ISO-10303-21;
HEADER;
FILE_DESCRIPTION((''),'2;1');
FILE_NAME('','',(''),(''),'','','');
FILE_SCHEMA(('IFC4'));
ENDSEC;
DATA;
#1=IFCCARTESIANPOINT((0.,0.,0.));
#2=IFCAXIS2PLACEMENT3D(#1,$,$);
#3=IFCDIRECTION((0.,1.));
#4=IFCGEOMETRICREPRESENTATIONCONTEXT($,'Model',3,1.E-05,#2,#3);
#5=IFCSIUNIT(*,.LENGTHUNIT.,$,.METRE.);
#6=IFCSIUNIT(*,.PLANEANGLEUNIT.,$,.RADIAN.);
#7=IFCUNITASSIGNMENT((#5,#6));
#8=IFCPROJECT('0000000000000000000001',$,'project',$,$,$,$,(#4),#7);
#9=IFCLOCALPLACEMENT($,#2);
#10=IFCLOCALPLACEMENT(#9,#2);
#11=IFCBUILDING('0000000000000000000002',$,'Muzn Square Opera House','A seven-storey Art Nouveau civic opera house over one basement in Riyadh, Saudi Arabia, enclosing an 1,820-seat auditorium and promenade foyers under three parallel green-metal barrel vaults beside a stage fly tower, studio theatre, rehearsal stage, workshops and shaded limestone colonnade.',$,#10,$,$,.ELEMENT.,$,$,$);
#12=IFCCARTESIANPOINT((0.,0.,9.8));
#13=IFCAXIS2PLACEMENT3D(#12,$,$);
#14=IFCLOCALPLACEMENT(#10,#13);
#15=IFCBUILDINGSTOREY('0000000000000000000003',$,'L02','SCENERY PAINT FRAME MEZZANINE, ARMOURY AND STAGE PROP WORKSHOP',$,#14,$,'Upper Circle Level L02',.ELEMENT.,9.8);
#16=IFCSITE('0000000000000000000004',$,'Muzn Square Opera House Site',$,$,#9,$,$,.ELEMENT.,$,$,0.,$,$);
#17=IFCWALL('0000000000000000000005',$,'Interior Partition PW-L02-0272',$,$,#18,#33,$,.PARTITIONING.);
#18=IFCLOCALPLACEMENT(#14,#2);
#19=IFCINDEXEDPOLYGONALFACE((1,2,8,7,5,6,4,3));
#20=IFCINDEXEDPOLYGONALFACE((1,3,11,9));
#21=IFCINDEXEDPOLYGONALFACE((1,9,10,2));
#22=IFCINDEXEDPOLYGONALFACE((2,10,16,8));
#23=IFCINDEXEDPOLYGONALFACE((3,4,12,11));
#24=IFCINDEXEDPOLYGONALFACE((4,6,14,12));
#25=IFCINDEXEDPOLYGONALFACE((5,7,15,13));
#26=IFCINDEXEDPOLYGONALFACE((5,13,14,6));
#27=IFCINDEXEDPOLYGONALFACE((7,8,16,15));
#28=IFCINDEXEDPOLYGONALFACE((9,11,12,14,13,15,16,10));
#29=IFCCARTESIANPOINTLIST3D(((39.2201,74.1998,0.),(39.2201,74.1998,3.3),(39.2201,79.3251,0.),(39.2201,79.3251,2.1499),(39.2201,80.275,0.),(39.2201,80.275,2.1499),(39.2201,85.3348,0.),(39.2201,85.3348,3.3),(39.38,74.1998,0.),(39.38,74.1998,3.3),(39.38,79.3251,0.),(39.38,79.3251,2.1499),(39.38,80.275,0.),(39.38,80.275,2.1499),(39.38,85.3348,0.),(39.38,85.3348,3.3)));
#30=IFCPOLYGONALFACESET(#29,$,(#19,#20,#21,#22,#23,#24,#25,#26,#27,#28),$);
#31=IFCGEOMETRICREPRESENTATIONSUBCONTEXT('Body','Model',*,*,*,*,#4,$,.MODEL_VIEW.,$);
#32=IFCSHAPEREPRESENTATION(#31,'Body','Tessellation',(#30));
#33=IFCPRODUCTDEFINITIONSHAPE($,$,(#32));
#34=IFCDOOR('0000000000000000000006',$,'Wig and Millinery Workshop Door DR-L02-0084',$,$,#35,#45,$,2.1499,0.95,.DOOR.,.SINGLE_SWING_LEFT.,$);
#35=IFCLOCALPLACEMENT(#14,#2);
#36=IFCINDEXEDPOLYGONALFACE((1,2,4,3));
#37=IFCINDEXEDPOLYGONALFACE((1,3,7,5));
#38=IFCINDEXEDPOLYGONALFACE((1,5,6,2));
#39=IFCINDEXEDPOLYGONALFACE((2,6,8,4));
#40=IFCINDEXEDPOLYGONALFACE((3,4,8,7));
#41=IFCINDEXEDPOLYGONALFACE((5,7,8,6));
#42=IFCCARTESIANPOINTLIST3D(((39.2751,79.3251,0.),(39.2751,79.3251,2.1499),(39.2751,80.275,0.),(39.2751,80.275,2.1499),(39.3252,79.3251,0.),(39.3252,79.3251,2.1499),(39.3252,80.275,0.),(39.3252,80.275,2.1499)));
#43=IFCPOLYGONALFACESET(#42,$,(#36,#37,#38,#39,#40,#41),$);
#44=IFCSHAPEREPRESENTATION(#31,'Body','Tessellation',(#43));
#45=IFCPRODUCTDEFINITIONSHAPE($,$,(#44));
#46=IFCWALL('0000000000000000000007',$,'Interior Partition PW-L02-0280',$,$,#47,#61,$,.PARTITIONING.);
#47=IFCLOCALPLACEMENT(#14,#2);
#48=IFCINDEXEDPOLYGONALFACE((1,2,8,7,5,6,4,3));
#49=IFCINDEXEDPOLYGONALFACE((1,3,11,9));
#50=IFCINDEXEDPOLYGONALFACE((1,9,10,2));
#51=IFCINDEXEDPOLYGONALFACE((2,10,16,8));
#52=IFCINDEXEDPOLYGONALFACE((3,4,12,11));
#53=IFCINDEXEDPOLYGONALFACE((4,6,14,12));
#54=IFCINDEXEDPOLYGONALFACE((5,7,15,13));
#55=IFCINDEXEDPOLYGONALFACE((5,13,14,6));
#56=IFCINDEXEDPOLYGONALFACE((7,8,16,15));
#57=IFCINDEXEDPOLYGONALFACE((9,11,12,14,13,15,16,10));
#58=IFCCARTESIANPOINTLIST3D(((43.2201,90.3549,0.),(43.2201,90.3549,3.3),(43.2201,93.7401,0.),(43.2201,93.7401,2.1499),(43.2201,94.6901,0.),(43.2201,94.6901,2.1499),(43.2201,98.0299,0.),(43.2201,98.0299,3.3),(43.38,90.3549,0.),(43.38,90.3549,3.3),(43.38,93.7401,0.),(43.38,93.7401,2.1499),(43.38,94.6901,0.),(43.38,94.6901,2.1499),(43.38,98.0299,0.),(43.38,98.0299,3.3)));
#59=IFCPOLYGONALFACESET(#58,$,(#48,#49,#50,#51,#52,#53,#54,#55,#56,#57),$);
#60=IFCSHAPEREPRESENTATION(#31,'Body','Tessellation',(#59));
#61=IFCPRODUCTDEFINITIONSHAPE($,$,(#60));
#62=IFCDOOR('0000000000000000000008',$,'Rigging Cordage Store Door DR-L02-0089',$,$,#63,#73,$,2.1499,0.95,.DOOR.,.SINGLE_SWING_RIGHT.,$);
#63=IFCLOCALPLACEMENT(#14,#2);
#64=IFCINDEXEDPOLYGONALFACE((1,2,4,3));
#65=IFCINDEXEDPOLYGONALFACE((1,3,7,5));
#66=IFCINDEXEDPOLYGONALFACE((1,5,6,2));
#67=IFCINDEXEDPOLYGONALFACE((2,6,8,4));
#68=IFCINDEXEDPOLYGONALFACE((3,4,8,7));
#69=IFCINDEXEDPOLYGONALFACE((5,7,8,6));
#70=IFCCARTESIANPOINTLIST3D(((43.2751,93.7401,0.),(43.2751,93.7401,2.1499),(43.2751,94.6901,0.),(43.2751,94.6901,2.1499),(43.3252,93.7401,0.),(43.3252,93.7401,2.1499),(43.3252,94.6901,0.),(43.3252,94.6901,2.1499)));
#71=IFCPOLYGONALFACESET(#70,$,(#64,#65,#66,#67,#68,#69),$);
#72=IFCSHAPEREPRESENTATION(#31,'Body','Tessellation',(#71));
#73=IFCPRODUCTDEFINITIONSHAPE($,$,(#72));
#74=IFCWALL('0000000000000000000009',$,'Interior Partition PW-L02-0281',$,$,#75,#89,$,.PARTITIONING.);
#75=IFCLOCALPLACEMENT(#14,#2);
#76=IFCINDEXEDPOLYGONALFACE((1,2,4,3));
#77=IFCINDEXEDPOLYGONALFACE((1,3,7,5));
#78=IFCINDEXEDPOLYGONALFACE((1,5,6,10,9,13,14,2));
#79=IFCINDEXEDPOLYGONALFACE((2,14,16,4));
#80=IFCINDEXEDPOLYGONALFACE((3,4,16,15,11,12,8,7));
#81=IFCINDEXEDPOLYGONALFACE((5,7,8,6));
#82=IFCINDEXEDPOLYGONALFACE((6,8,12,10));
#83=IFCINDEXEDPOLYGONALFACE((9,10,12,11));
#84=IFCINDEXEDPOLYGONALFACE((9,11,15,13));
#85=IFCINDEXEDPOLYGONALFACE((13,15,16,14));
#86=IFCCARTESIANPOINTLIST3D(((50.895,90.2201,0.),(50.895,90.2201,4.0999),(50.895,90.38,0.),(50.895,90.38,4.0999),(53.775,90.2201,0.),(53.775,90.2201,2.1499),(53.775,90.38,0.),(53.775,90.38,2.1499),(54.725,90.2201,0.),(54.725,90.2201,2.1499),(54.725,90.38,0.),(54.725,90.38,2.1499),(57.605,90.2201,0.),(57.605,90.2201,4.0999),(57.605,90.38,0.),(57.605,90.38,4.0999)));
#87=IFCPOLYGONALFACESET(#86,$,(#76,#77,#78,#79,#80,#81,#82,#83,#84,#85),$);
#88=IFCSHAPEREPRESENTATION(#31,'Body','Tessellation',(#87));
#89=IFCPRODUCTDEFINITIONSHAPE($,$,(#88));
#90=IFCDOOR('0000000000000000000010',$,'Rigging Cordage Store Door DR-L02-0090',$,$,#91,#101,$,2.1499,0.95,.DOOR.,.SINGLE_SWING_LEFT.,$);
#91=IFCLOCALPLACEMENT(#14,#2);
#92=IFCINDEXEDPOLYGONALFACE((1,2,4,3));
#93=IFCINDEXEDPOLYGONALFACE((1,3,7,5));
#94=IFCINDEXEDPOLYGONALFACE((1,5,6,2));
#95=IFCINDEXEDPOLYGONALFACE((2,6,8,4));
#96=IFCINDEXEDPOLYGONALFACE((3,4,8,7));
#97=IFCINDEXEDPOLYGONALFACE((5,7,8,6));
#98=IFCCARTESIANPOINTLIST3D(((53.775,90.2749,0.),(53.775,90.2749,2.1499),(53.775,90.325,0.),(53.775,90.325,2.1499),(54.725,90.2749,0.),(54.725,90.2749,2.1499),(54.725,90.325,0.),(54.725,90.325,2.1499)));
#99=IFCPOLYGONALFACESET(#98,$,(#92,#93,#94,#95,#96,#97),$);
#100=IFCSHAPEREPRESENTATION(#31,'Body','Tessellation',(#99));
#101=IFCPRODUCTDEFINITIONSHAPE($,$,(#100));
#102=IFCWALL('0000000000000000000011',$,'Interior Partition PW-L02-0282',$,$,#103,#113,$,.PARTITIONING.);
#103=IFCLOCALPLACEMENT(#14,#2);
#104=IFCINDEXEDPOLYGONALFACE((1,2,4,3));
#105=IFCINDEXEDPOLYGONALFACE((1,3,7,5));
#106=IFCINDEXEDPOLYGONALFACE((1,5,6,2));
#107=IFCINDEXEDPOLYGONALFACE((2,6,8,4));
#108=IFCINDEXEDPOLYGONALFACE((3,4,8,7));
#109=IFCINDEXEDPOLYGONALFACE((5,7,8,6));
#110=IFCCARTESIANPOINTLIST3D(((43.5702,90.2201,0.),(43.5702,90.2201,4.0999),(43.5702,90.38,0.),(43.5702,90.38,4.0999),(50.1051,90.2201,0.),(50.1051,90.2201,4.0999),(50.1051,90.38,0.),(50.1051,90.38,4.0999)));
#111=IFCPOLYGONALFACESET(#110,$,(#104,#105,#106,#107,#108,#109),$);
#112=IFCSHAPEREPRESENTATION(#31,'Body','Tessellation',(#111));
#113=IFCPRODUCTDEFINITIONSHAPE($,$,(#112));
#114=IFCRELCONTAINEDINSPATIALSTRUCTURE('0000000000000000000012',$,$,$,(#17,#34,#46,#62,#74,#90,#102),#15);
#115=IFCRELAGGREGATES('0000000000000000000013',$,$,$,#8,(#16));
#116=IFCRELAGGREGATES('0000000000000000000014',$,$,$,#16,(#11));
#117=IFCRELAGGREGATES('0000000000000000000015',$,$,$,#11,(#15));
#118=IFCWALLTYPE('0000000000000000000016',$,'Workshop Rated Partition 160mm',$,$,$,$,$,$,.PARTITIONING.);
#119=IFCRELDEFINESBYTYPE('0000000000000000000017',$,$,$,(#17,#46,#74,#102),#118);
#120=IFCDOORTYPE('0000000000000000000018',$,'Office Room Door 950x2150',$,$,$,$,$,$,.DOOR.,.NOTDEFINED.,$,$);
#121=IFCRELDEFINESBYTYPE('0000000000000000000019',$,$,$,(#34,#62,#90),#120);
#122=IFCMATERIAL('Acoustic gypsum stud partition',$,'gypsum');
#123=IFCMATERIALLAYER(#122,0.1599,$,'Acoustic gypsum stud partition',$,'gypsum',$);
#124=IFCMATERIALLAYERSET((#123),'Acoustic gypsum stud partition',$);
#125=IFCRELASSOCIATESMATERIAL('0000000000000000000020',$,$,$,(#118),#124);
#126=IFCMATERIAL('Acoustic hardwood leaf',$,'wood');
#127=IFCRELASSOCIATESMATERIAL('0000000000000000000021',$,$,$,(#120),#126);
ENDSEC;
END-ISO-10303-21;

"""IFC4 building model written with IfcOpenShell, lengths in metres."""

from ifc_helpers import new_model, si_unit, direction, frame, frame_2d, origin, place, context, subcontext, project, spatial, rectangle, extrude, material, layer, layer_set, type_object, element, fill, save


model = new_model("IFC4")

# Units and contexts
model_context = context("Model", 3, precision=1e-05, world=origin(), true_north=direction((0.0, 1.0)))
body_context = subcontext(model_context, "Body", "Model", "MODEL_VIEW")
ifc_project = project(units=[si_unit("LENGTHUNIT", "METRE"), si_unit("PLANEANGLEUNIT", "RADIAN")], contexts=[model_context])

# Site, building, storey
site_placement = place(None, origin())
site = spatial("IfcSite", under=ifc_project, at=site_placement, Name="Muzn Square Opera House Site", CompositionType="ELEMENT", RefElevation=0.0)
building_placement = place(site_placement, origin())
building = spatial("IfcBuilding", under=site, at=building_placement, Name="Muzn Square Opera House", Description="A seven-storey Art Nouveau civic opera house over one basement in Riyadh, Saudi Arabia, enclosing an 1,820-seat auditorium and promenade foyers under three parallel green-metal barrel vaults beside a stage fly tower, studio theatre, rehearsal stage, workshops and shaded limestone colonnade.", CompositionType="ELEMENT")
storey_placement = place(building_placement, frame((0.0, 0.0, 9.8)))
storey = spatial("IfcBuildingStorey", under=building, at=storey_placement, Name="L02", Description="SCENERY PAINT FRAME MEZZANINE, ARMOURY AND STAGE PROP WORKSHOP", LongName="Upper Circle Level L02", CompositionType="ELEMENT", Elevation=9.8)

# Shared definitions
ifc_material_1 = material(Name="Acoustic gypsum stud partition", Category="gypsum")

# Walls, openings, doors
ifc_layer_1 = layer(ifc_material_1, 0.1599, Name="Acoustic gypsum stud partition", Category="gypsum")
ifc_layer_set_1 = layer_set([ifc_layer_1], Name="Acoustic gypsum stud partition")
wall_type_1 = type_object("IfcWallType", Name="Workshop Rated Partition 160mm", PredefinedType="PARTITIONING", material=ifc_layer_set_1)
wall_1_placement = place(storey_placement, frame((39.3, 74.2, 0.0), z_axis=(0.0, 0.0, 1.0), x_axis=(0.0, 1.0, 0.0)))
wall_1 = element("IfcWall", 1, at=wall_1_placement, inside=storey, type_object=wall_type_1, Name="Interior Partition PW-L02-0272", PredefinedType="PARTITIONING", context=body_context, shape_type="SweptSolid", body=[
    extrude(rectangle(XDim=11.135, YDim=0.1599, at=frame_2d((5.5674, 0.0))), origin(), (0.0, 0.0, 1.0), 3.3),
])
opening_1_placement = place(wall_1_placement, frame((5.125, 0.0, 0.0)))
opening_1 = element("IfcOpeningElement", 2, at=opening_1_placement, cuts=wall_1, PredefinedType="OPENING", context=body_context, shape_type="SweptSolid", body=[
    extrude(rectangle(XDim=0.95, YDim=2.1499, at=frame_2d((0.4751, 1.075))), frame((0.0, 0.0898, 0.0), z_axis=(0.0, -1.0, 0.0), x_axis=(1.0, 0.0, 0.0)), (0.0, 0.0, 1.0), 0.1799),
])
ifc_material_2 = material(Name="Acoustic hardwood leaf", Category="wood")
door_type = type_object("IfcDoorType", Name="Office Room Door 950x2150", OperationType="NOTDEFINED", PredefinedType="DOOR", material=ifc_material_2)
door_1_placement = place(opening_1_placement, origin())
door_1 = element("IfcDoor", 3, at=door_1_placement, inside=storey, type_object=door_type, Name="Wig and Millinery Workshop Door DR-L02-0084", OperationType="SINGLE_SWING_LEFT", OverallHeight=2.1499, OverallWidth=0.95, PredefinedType="DOOR", context=body_context, shape_type="SweptSolid", body=[
    extrude(rectangle(XDim=0.95, YDim=2.1499, at=frame_2d((0.4751, 1.075))), frame((0.0, 0.0249, 0.0), z_axis=(0.0, -1.0, 0.0), x_axis=(1.0, 0.0, 0.0)), (0.0, 0.0, 1.0), 0.05),
])
fill(opening_1, door_1)
wall_2_placement = place(storey_placement, frame((43.3, 90.355, 0.0), z_axis=(0.0, 0.0, 1.0), x_axis=(0.0, 1.0, 0.0)))
wall_2 = element("IfcWall", 4, at=wall_2_placement, inside=storey, type_object=wall_type_1, Name="Interior Partition PW-L02-0280", PredefinedType="PARTITIONING", context=body_context, shape_type="SweptSolid", body=[
    extrude(rectangle(XDim=7.675, YDim=0.1599, at=frame_2d((3.8374, 0.0))), origin(), (0.0, 0.0, 1.0), 3.3),
])
opening_2_placement = place(wall_2_placement, frame((3.385, 0.0, 0.0)))
opening_2 = element("IfcOpeningElement", 5, at=opening_2_placement, cuts=wall_2, PredefinedType="OPENING", context=body_context, shape_type="SweptSolid", body=[
    extrude(rectangle(XDim=0.95, YDim=2.1499, at=frame_2d((0.4751, 1.075))), frame((0.0, 0.0898, 0.0), z_axis=(0.0, -1.0, 0.0), x_axis=(1.0, 0.0, 0.0)), (0.0, 0.0, 1.0), 0.1799),
])
door_2_placement = place(opening_2_placement, origin())
door_2 = element("IfcDoor", 6, at=door_2_placement, inside=storey, type_object=door_type, Name="Rigging Cordage Store Door DR-L02-0089", OperationType="SINGLE_SWING_RIGHT", OverallHeight=2.1499, OverallWidth=0.95, PredefinedType="DOOR", context=body_context, shape_type="SweptSolid", body=[
    extrude(rectangle(XDim=0.95, YDim=2.1499, at=frame_2d((0.4751, 1.075))), frame((0.0, 0.0249, 0.0), z_axis=(0.0, -1.0, 0.0), x_axis=(1.0, 0.0, 0.0)), (0.0, 0.0, 1.0), 0.05),
])
fill(opening_2, door_2)
wall_3_placement = place(storey_placement, frame((50.895, 90.3, 0.0), z_axis=(0.0, 0.0, 1.0), x_axis=(1.0, 0.0, 0.0)))
wall_3 = element("IfcWall", 7, at=wall_3_placement, inside=storey, type_object=wall_type_1, Name="Interior Partition PW-L02-0281", PredefinedType="PARTITIONING", context=body_context, shape_type="SweptSolid", body=[
    extrude(rectangle(XDim=6.71, YDim=0.1599, at=frame_2d((3.355, 0.0))), origin(), (0.0, 0.0, 1.0), 4.0999),
])
opening_3_placement = place(wall_3_placement, frame((2.8799, 0.0, 0.0)))
opening_3 = element("IfcOpeningElement", 8, at=opening_3_placement, cuts=wall_3, PredefinedType="OPENING", context=body_context, shape_type="SweptSolid", body=[
    extrude(rectangle(XDim=0.95, YDim=2.1499, at=frame_2d((0.4751, 1.075))), frame((0.0, 0.0898, 0.0), z_axis=(0.0, -1.0, 0.0), x_axis=(1.0, 0.0, 0.0)), (0.0, 0.0, 1.0), 0.1799),
])
door_3_placement = place(opening_3_placement, origin())
door_3 = element("IfcDoor", 9, at=door_3_placement, inside=storey, type_object=door_type, Name="Rigging Cordage Store Door DR-L02-0090", OperationType="SINGLE_SWING_LEFT", OverallHeight=2.1499, OverallWidth=0.95, PredefinedType="DOOR", context=body_context, shape_type="SweptSolid", body=[
    extrude(rectangle(XDim=0.95, YDim=2.1499, at=frame_2d((0.4751, 1.075))), frame((0.0, 0.0249, 0.0), z_axis=(0.0, -1.0, 0.0), x_axis=(1.0, 0.0, 0.0)), (0.0, 0.0, 1.0), 0.05),
])
fill(opening_3, door_3)

# Wall
wall_4_placement = place(storey_placement, frame((43.5701, 90.3, 0.0), z_axis=(0.0, 0.0, 1.0), x_axis=(1.0, 0.0, 0.0)))
element("IfcWall", 10, at=wall_4_placement, inside=storey, type_object=wall_type_1, Name="Interior Partition PW-L02-0282", PredefinedType="PARTITIONING", context=body_context, shape_type="SweptSolid", body=[
    extrude(rectangle(XDim=6.5349, YDim=0.1599, at=frame_2d((3.2676, 0.0))), origin(), (0.0, 0.0, 1.0), 4.0999),
])

save(model, "model.ifc")
